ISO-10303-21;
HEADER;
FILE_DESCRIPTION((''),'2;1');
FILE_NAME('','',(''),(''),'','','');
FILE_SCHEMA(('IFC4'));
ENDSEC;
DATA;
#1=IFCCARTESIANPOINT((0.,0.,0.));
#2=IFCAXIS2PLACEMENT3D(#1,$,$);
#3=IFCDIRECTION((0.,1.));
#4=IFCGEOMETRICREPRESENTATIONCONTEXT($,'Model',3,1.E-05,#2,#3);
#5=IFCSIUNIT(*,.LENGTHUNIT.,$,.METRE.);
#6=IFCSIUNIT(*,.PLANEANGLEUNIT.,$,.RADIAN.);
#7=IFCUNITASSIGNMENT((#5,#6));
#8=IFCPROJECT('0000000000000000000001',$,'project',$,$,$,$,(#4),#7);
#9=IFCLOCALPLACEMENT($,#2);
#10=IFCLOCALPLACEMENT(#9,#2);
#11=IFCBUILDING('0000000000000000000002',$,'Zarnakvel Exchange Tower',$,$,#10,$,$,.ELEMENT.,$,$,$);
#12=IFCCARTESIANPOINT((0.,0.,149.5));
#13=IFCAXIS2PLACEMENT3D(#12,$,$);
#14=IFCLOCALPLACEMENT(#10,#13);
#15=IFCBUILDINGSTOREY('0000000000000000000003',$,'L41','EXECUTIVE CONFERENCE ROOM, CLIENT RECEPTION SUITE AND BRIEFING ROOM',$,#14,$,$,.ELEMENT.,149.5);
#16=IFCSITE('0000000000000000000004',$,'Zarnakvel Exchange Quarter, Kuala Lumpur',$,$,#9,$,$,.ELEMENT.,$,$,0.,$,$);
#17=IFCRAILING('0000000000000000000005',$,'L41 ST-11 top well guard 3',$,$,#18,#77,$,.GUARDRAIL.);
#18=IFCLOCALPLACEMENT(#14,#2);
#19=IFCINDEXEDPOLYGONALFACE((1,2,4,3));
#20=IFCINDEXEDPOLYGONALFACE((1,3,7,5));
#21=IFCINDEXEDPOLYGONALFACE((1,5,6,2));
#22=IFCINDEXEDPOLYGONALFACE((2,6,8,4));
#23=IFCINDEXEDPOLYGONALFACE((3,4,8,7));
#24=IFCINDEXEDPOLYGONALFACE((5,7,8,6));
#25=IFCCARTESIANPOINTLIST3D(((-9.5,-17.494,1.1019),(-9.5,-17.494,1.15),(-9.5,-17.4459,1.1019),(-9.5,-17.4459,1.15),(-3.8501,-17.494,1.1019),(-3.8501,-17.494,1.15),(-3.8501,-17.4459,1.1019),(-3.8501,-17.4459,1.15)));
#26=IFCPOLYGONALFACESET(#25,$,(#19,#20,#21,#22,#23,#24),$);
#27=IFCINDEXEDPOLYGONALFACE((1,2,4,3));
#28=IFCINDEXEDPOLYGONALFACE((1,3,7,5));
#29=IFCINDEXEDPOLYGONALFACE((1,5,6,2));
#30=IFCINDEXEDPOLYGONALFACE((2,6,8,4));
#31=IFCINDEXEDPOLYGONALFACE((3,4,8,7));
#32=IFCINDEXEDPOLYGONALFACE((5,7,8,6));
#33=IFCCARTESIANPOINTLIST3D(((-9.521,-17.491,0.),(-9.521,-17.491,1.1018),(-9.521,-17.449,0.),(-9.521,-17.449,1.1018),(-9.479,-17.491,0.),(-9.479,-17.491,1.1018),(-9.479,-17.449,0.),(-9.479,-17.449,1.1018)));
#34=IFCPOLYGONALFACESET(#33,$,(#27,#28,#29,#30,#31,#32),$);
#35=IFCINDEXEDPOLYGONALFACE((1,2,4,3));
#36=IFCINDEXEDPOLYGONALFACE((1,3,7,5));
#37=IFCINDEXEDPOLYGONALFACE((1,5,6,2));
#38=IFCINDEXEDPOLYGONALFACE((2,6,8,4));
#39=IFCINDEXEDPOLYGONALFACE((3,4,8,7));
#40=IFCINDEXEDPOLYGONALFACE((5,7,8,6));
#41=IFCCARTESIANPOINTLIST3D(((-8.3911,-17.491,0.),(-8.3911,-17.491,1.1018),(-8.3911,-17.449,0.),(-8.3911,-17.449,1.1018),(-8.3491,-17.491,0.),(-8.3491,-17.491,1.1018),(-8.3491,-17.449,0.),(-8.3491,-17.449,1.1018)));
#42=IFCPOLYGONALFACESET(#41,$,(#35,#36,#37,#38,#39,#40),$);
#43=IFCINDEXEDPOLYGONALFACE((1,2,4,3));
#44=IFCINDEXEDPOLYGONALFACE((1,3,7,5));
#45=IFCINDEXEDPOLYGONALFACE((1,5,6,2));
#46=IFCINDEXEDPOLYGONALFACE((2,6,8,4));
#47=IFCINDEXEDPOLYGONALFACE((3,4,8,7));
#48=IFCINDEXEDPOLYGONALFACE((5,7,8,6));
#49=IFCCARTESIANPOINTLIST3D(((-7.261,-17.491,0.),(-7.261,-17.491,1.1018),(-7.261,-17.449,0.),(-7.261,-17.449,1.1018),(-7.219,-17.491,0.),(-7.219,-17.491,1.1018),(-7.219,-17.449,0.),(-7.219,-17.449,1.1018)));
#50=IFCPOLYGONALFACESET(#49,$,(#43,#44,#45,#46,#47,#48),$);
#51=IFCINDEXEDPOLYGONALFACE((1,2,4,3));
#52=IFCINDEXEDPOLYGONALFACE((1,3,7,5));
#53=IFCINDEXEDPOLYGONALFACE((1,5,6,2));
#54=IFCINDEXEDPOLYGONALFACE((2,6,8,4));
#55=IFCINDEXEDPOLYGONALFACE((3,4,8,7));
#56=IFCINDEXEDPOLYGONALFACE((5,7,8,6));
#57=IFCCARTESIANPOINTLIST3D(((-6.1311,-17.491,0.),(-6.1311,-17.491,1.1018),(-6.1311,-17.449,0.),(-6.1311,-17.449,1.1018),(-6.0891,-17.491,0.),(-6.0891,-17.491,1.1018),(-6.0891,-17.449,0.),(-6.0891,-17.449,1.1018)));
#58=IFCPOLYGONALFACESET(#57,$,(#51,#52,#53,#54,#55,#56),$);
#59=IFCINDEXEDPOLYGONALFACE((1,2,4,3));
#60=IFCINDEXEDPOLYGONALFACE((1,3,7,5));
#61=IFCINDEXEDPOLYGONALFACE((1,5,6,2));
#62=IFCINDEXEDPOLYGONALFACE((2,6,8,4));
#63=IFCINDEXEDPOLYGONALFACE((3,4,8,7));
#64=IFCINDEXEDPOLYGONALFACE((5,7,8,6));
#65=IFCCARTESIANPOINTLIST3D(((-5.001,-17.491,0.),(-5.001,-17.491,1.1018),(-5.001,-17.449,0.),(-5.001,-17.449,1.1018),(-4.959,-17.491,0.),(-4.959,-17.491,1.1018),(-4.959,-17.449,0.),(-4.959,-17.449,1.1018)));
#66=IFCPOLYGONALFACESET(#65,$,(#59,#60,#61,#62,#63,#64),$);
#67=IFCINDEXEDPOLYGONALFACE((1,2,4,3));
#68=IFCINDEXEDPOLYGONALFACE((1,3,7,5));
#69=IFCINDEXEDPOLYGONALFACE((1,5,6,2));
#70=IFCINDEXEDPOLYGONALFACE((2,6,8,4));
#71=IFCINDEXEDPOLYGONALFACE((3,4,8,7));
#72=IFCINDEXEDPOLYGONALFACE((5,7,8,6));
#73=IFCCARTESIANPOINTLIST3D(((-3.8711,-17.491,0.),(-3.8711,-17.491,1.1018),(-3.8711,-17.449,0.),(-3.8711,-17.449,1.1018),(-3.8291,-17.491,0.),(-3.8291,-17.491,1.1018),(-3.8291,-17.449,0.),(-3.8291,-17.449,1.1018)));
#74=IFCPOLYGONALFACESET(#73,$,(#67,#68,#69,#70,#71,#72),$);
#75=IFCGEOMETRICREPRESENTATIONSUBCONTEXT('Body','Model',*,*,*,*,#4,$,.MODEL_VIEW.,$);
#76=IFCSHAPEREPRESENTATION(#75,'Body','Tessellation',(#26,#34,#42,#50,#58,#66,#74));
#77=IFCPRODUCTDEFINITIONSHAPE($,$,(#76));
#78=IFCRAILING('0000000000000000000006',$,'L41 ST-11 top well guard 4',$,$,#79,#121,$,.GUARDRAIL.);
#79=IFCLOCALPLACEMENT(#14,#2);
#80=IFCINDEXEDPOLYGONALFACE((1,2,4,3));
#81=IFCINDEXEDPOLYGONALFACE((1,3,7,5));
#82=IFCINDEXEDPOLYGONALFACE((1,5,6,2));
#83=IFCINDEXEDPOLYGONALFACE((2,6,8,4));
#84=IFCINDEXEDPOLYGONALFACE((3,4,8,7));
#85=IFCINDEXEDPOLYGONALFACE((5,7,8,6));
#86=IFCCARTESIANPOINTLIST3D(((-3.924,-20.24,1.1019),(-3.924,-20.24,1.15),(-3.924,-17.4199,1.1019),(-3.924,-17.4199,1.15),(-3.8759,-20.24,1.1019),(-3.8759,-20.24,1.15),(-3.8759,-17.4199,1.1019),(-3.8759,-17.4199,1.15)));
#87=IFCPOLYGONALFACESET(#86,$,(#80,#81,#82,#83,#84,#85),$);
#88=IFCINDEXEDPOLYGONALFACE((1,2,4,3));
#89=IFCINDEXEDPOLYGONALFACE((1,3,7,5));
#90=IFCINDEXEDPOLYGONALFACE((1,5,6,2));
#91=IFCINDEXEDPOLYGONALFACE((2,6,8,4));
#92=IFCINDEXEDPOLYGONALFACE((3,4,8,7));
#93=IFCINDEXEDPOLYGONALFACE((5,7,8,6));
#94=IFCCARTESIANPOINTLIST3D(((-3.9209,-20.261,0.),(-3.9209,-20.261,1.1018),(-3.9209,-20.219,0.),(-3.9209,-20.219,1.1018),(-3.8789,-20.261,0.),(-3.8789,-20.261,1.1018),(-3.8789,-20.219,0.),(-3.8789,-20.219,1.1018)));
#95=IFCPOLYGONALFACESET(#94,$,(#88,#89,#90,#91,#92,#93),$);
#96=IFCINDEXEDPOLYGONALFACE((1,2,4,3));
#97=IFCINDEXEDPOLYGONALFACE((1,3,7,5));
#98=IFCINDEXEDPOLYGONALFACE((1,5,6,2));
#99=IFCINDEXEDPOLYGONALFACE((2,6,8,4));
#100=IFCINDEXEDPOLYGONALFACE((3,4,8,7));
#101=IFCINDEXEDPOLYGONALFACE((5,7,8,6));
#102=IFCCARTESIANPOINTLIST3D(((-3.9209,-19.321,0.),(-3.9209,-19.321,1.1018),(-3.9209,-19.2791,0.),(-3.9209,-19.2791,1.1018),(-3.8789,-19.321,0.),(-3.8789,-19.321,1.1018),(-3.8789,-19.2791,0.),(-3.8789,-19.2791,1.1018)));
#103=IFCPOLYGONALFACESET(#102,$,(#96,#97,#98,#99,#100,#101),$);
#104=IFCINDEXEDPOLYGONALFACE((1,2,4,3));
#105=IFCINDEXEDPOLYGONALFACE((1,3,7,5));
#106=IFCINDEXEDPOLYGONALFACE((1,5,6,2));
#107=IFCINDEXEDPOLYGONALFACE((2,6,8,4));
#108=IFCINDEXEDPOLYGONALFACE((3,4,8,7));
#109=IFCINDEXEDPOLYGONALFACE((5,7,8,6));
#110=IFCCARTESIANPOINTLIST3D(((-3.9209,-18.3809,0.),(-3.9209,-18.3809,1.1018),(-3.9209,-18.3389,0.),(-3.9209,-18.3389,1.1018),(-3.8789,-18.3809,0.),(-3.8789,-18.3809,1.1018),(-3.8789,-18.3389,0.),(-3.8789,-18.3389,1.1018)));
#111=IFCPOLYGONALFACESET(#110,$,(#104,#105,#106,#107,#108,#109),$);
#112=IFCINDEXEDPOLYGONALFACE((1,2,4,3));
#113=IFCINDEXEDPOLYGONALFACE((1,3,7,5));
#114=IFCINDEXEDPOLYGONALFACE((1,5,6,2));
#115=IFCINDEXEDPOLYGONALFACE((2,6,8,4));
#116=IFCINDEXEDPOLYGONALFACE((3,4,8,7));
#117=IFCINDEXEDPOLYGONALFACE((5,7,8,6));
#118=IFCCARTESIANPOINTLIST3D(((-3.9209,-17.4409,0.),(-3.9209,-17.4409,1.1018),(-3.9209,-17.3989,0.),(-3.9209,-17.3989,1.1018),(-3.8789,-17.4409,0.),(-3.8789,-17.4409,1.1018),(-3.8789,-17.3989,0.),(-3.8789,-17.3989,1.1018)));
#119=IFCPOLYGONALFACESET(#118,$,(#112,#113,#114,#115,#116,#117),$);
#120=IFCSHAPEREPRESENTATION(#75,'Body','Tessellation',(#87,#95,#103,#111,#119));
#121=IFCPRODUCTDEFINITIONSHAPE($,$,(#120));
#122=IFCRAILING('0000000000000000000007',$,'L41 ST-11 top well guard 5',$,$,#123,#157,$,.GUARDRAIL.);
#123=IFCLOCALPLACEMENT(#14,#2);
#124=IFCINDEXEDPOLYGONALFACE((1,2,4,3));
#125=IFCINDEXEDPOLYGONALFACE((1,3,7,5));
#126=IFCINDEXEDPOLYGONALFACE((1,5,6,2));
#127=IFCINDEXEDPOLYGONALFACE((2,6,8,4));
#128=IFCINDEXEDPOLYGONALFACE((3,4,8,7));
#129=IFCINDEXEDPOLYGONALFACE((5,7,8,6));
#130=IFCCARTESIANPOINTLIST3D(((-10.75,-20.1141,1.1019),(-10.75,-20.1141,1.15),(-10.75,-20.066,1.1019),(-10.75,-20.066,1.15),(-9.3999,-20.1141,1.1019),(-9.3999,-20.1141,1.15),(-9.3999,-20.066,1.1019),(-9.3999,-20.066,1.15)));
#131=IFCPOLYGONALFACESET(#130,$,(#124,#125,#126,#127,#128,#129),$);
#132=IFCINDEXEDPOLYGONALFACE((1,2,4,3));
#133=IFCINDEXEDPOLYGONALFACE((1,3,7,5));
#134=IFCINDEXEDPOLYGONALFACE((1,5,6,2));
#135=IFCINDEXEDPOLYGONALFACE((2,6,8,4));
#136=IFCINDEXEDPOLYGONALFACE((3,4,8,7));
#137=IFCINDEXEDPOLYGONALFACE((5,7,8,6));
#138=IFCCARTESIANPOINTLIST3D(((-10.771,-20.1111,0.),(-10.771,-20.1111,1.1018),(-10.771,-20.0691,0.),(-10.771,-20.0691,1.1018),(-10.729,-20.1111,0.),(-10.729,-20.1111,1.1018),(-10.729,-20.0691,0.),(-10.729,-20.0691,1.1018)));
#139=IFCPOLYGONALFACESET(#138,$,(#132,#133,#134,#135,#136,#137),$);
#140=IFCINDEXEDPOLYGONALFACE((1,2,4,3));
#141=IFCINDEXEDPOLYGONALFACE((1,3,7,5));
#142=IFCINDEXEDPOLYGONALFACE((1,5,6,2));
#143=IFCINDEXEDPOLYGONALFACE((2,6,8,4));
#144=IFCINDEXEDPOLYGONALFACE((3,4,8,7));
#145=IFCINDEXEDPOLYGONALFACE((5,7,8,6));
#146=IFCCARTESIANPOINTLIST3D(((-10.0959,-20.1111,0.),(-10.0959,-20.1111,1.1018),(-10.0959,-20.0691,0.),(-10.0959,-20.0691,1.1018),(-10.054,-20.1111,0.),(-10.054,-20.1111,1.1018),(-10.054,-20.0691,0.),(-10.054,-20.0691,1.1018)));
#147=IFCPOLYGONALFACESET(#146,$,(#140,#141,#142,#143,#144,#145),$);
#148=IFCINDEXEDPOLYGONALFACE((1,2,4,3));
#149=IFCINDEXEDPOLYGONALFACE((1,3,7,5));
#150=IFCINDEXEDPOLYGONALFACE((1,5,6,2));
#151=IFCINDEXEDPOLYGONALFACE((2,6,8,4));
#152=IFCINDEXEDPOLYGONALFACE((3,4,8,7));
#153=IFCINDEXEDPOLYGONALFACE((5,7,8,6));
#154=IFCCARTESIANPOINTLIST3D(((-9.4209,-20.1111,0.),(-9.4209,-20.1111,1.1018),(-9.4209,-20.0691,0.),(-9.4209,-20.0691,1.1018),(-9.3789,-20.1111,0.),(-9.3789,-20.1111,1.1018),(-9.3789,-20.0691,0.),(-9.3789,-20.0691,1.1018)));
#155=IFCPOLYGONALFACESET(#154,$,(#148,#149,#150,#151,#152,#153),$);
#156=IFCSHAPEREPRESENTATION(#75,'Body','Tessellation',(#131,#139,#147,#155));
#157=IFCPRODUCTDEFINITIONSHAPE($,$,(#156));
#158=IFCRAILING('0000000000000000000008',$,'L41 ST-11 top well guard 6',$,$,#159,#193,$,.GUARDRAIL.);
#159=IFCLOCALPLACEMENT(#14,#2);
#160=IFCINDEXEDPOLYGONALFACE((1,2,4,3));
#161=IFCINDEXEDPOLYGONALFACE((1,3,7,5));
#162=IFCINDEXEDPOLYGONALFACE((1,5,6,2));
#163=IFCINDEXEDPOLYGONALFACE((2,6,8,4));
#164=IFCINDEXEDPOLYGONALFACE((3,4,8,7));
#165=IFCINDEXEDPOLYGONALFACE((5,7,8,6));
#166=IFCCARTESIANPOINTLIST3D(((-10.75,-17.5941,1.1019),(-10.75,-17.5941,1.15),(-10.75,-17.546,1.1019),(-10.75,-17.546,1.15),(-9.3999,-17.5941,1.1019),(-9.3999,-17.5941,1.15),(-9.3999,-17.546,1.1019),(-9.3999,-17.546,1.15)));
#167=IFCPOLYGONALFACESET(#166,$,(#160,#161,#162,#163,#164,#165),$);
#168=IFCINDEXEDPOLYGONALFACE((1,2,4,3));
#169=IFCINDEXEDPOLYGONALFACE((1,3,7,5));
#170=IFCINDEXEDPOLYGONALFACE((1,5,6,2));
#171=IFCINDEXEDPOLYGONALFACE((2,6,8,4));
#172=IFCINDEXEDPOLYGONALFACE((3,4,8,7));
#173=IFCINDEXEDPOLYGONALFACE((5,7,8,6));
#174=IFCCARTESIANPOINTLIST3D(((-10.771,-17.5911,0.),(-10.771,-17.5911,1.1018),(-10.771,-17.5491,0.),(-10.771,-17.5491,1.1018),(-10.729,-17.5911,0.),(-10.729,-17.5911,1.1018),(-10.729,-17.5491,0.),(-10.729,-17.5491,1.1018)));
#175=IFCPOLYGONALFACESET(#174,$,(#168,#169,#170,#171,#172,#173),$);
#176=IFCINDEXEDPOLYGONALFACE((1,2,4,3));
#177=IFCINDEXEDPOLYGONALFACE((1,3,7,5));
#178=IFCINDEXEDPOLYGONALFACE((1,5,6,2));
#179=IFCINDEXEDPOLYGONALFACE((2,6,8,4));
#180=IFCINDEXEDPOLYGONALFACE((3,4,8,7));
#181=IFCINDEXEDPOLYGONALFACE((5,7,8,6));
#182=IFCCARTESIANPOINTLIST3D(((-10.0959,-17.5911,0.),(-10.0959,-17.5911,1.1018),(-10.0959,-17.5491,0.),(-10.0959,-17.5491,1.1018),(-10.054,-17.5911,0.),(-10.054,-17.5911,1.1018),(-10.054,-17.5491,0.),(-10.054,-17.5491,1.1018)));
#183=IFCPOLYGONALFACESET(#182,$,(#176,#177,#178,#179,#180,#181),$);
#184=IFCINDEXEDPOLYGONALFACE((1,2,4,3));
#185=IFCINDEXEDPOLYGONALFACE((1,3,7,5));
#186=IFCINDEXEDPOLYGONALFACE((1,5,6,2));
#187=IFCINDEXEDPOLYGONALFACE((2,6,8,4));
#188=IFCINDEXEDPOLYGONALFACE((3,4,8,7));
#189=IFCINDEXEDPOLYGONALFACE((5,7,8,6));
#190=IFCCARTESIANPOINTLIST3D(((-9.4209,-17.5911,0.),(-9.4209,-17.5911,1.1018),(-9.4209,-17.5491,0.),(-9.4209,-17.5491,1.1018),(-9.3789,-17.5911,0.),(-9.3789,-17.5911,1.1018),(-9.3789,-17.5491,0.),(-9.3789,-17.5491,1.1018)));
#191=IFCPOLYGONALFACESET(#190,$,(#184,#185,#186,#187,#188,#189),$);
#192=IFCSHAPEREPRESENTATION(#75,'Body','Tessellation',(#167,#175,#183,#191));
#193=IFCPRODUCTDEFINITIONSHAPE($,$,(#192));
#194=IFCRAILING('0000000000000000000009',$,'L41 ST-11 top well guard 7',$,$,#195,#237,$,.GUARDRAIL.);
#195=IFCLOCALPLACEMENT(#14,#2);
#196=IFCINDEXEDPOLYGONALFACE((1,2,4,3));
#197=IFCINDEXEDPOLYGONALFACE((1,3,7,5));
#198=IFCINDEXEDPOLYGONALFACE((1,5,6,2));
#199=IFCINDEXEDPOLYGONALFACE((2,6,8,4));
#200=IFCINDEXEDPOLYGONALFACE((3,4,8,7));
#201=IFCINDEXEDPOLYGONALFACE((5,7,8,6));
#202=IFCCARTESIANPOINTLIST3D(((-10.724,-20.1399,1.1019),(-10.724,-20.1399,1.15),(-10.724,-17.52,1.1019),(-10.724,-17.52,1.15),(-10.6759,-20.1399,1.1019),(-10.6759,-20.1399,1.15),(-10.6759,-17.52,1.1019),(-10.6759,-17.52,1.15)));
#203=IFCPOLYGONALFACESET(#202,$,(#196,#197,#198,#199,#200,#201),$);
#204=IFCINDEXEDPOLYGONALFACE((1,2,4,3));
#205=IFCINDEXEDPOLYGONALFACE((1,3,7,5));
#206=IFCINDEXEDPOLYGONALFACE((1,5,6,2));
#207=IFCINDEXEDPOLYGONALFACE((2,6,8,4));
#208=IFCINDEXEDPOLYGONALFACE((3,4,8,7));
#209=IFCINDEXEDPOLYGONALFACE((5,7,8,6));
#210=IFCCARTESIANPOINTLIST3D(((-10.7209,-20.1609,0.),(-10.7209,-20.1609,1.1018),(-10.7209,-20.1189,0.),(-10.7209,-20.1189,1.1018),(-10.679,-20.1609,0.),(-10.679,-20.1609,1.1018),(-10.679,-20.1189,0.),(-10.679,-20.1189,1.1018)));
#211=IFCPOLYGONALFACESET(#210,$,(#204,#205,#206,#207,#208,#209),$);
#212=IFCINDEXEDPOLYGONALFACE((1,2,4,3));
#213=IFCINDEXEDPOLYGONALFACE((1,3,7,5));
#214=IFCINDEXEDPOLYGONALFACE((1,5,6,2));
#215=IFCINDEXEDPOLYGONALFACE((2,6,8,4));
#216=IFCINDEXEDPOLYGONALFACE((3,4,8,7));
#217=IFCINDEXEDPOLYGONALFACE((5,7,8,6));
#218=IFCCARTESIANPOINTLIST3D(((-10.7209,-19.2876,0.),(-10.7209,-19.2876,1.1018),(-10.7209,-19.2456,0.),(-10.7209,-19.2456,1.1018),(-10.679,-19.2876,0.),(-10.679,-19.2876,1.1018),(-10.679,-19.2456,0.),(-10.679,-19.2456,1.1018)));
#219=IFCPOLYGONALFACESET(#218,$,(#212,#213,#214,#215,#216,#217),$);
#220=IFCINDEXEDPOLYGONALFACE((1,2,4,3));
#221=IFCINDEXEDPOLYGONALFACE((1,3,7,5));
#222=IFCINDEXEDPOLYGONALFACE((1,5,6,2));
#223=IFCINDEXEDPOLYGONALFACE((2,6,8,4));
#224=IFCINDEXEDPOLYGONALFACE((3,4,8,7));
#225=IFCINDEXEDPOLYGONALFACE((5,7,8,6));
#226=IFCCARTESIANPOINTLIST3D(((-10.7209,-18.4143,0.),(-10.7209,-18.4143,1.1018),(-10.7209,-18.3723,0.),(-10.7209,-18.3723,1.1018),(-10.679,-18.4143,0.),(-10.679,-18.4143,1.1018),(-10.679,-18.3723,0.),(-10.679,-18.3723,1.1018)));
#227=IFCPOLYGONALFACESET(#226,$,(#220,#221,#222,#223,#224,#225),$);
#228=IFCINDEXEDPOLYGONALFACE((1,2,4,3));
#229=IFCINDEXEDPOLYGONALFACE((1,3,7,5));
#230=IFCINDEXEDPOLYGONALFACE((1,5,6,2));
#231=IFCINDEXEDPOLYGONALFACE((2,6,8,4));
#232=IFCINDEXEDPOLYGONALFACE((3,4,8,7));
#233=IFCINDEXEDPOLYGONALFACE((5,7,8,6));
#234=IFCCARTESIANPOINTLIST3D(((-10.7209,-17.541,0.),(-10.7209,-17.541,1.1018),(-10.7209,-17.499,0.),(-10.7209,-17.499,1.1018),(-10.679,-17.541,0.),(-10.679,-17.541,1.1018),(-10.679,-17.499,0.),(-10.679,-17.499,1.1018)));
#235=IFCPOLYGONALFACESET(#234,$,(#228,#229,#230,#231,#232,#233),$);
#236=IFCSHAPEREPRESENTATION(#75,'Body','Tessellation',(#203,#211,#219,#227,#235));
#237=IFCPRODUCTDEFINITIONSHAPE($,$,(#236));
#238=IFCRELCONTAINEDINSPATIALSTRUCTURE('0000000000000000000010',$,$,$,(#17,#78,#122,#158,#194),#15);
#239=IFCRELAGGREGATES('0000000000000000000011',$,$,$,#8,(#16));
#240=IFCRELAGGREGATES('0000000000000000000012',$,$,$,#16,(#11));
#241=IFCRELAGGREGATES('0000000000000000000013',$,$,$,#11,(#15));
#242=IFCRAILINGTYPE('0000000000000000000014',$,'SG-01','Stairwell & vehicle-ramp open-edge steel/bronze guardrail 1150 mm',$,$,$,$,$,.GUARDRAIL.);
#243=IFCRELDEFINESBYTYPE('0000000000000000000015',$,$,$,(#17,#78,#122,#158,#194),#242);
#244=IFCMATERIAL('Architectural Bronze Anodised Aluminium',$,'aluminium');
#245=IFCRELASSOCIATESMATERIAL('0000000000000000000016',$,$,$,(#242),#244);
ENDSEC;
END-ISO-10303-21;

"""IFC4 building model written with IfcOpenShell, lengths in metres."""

from ifc_helpers import new_model, si_unit, direction, frame, origin, origin_2d, place, context, subcontext, project, spatial, rectangle, extrude, material, type_object, element, save


model = new_model("IFC4")

# Units and contexts
model_context = context("Model", 3, precision=1e-05, world=origin(), true_north=direction((0.0, 1.0)))
body_context = subcontext(model_context, "Body", "Model", "MODEL_VIEW")
ifc_project = project(units=[si_unit("LENGTHUNIT", "METRE"), si_unit("PLANEANGLEUNIT", "RADIAN")], contexts=[model_context])

# Site, building, storey
site_placement = place(None, origin())
site = spatial("IfcSite", under=ifc_project, at=site_placement, Name="Zarnakvel Exchange Quarter, Kuala Lumpur", CompositionType="ELEMENT", RefElevation=0.0)
building_placement = place(site_placement, origin())
building = spatial("IfcBuilding", under=site, at=building_placement, Name="Zarnakvel Exchange Tower", CompositionType="ELEMENT")
storey_placement = place(building_placement, frame((0.0, 0.0, 149.5)))
storey = spatial("IfcBuildingStorey", under=building, at=storey_placement, Name="L41", Description="EXECUTIVE CONFERENCE ROOM, CLIENT RECEPTION SUITE AND BRIEFING ROOM", CompositionType="ELEMENT", Elevation=149.5)

# Shared definitions
ifc_material_1 = material(Name="Architectural Bronze Anodised Aluminium", Category="aluminium")

# Railings
railing_type_1 = type_object("IfcRailingType", Name="SG-01", Description="Stairwell & vehicle-ramp open-edge steel/bronze guardrail 1150 mm", PredefinedType="GUARDRAIL", material=ifc_material_1)
for number, where, name in (
    (1, (-9.5, -17.47, 0.0), "L41 ST-11 top well guard 3"),
):
    element("IfcRailing", number, at=place(storey_placement, frame(where)), inside=storey, type_object=railing_type_1, Name=name, PredefinedType="GUARDRAIL", context=body_context, shape_type="SweptSolid", body=[
        extrude(rectangle(XDim=0.0481, YDim=0.0481, at=origin_2d()), frame((0.0, 0.0, 1.126), z_axis=(1.0, 0.0, 0.0), x_axis=(0.0, 1.0, 0.0)), (0.0, 0.0, 1.0), 5.6499),
        extrude(rectangle(XDim=0.042, YDim=0.042, at=origin_2d()), origin(), (0.0, 0.0, 1.0), 1.1018),
        extrude(rectangle(XDim=0.042, YDim=0.042, at=origin_2d()), frame((1.1299, 0.0, 0.0)), (0.0, 0.0, 1.0), 1.1018),
        extrude(rectangle(XDim=0.042, YDim=0.042, at=origin_2d()), frame((2.26, 0.0, 0.0)), (0.0, 0.0, 1.0), 1.1018),
        extrude(rectangle(XDim=0.042, YDim=0.042, at=origin_2d()), frame((3.3899, 0.0, 0.0)), (0.0, 0.0, 1.0), 1.1018),
        extrude(rectangle(XDim=0.042, YDim=0.042, at=origin_2d()), frame((4.52, 0.0, 0.0)), (0.0, 0.0, 1.0), 1.1018),
        extrude(rectangle(XDim=0.042, YDim=0.042, at=origin_2d()), frame((5.6499, 0.0, 0.0)), (0.0, 0.0, 1.0), 1.1018),
    ])
railing_1_placement = place(storey_placement, frame((-3.8999, -20.24, 0.0)))
element("IfcRailing", 2, at=railing_1_placement, inside=storey, type_object=railing_type_1, Name="L41 ST-11 top well guard 4", PredefinedType="GUARDRAIL", context=body_context, shape_type="SweptSolid", body=[
    extrude(rectangle(XDim=0.0481, YDim=0.0481, at=origin_2d()), frame((0.0, 0.0, 1.126), z_axis=(0.0, 1.0, 0.0), x_axis=(-1.0, 0.0, 0.0)), (0.0, 0.0, 1.0), 2.8201),
    extrude(rectangle(XDim=0.042, YDim=0.042, at=origin_2d()), origin(), (0.0, 0.0, 1.0), 1.1018),
    extrude(rectangle(XDim=0.042, YDim=0.042, at=origin_2d()), frame((0.0, 0.9399, 0.0)), (0.0, 0.0, 1.0), 1.1018),
    extrude(rectangle(XDim=0.042, YDim=0.042, at=origin_2d()), frame((0.0, 1.8801, 0.0)), (0.0, 0.0, 1.0), 1.1018),
    extrude(rectangle(XDim=0.042, YDim=0.042, at=origin_2d()), frame((0.0, 2.8201, 0.0)), (0.0, 0.0, 1.0), 1.1018),
])
for number, where, name in (
    (3, (-10.75, -20.0901, 0.0), "L41 ST-11 top well guard 5"),
    (4, (-10.75, -17.5701, 0.0), "L41 ST-11 top well guard 6"),
):
    element("IfcRailing", number, at=place(storey_placement, frame(where)), inside=storey, type_object=railing_type_1, Name=name, PredefinedType="GUARDRAIL", context=body_context, shape_type="SweptSolid", body=[
        extrude(rectangle(XDim=0.0481, YDim=0.0481, at=origin_2d()), frame((0.0, 0.0, 1.126), z_axis=(1.0, 0.0, 0.0), x_axis=(0.0, 1.0, 0.0)), (0.0, 0.0, 1.0), 1.3501),
        extrude(rectangle(XDim=0.042, YDim=0.042, at=origin_2d()), origin(), (0.0, 0.0, 1.0), 1.1018),
        extrude(rectangle(XDim=0.042, YDim=0.042, at=origin_2d()), frame((0.675, 0.0, 0.0)), (0.0, 0.0, 1.0), 1.1018),
        extrude(rectangle(XDim=0.042, YDim=0.042, at=origin_2d()), frame((1.3501, 0.0, 0.0)), (0.0, 0.0, 1.0), 1.1018),
    ])
railing_2_placement = place(storey_placement, frame((-10.7, -20.1399, 0.0)))
element("IfcRailing", 5, at=railing_2_placement, inside=storey, type_object=railing_type_1, Name="L41 ST-11 top well guard 7", PredefinedType="GUARDRAIL", context=body_context, shape_type="SweptSolid", body=[
    extrude(rectangle(XDim=0.0481, YDim=0.0481, at=origin_2d()), frame((0.0, 0.0, 1.126), z_axis=(0.0, 1.0, 0.0), x_axis=(-1.0, 0.0, 0.0)), (0.0, 0.0, 1.0), 2.6199),
    extrude(rectangle(XDim=0.042, YDim=0.042, at=origin_2d()), origin(), (0.0, 0.0, 1.0), 1.1018),
    extrude(rectangle(XDim=0.042, YDim=0.042, at=origin_2d()), frame((0.0, 0.8733, 0.0)), (0.0, 0.0, 1.0), 1.1018),
    extrude(rectangle(XDim=0.042, YDim=0.042, at=origin_2d()), frame((0.0, 1.7466, 0.0)), (0.0, 0.0, 1.0), 1.1018),
    extrude(rectangle(XDim=0.042, YDim=0.042, at=origin_2d()), frame((0.0, 2.6199, 0.0)), (0.0, 0.0, 1.0), 1.1018),
])

save(model, "model.ifc")
